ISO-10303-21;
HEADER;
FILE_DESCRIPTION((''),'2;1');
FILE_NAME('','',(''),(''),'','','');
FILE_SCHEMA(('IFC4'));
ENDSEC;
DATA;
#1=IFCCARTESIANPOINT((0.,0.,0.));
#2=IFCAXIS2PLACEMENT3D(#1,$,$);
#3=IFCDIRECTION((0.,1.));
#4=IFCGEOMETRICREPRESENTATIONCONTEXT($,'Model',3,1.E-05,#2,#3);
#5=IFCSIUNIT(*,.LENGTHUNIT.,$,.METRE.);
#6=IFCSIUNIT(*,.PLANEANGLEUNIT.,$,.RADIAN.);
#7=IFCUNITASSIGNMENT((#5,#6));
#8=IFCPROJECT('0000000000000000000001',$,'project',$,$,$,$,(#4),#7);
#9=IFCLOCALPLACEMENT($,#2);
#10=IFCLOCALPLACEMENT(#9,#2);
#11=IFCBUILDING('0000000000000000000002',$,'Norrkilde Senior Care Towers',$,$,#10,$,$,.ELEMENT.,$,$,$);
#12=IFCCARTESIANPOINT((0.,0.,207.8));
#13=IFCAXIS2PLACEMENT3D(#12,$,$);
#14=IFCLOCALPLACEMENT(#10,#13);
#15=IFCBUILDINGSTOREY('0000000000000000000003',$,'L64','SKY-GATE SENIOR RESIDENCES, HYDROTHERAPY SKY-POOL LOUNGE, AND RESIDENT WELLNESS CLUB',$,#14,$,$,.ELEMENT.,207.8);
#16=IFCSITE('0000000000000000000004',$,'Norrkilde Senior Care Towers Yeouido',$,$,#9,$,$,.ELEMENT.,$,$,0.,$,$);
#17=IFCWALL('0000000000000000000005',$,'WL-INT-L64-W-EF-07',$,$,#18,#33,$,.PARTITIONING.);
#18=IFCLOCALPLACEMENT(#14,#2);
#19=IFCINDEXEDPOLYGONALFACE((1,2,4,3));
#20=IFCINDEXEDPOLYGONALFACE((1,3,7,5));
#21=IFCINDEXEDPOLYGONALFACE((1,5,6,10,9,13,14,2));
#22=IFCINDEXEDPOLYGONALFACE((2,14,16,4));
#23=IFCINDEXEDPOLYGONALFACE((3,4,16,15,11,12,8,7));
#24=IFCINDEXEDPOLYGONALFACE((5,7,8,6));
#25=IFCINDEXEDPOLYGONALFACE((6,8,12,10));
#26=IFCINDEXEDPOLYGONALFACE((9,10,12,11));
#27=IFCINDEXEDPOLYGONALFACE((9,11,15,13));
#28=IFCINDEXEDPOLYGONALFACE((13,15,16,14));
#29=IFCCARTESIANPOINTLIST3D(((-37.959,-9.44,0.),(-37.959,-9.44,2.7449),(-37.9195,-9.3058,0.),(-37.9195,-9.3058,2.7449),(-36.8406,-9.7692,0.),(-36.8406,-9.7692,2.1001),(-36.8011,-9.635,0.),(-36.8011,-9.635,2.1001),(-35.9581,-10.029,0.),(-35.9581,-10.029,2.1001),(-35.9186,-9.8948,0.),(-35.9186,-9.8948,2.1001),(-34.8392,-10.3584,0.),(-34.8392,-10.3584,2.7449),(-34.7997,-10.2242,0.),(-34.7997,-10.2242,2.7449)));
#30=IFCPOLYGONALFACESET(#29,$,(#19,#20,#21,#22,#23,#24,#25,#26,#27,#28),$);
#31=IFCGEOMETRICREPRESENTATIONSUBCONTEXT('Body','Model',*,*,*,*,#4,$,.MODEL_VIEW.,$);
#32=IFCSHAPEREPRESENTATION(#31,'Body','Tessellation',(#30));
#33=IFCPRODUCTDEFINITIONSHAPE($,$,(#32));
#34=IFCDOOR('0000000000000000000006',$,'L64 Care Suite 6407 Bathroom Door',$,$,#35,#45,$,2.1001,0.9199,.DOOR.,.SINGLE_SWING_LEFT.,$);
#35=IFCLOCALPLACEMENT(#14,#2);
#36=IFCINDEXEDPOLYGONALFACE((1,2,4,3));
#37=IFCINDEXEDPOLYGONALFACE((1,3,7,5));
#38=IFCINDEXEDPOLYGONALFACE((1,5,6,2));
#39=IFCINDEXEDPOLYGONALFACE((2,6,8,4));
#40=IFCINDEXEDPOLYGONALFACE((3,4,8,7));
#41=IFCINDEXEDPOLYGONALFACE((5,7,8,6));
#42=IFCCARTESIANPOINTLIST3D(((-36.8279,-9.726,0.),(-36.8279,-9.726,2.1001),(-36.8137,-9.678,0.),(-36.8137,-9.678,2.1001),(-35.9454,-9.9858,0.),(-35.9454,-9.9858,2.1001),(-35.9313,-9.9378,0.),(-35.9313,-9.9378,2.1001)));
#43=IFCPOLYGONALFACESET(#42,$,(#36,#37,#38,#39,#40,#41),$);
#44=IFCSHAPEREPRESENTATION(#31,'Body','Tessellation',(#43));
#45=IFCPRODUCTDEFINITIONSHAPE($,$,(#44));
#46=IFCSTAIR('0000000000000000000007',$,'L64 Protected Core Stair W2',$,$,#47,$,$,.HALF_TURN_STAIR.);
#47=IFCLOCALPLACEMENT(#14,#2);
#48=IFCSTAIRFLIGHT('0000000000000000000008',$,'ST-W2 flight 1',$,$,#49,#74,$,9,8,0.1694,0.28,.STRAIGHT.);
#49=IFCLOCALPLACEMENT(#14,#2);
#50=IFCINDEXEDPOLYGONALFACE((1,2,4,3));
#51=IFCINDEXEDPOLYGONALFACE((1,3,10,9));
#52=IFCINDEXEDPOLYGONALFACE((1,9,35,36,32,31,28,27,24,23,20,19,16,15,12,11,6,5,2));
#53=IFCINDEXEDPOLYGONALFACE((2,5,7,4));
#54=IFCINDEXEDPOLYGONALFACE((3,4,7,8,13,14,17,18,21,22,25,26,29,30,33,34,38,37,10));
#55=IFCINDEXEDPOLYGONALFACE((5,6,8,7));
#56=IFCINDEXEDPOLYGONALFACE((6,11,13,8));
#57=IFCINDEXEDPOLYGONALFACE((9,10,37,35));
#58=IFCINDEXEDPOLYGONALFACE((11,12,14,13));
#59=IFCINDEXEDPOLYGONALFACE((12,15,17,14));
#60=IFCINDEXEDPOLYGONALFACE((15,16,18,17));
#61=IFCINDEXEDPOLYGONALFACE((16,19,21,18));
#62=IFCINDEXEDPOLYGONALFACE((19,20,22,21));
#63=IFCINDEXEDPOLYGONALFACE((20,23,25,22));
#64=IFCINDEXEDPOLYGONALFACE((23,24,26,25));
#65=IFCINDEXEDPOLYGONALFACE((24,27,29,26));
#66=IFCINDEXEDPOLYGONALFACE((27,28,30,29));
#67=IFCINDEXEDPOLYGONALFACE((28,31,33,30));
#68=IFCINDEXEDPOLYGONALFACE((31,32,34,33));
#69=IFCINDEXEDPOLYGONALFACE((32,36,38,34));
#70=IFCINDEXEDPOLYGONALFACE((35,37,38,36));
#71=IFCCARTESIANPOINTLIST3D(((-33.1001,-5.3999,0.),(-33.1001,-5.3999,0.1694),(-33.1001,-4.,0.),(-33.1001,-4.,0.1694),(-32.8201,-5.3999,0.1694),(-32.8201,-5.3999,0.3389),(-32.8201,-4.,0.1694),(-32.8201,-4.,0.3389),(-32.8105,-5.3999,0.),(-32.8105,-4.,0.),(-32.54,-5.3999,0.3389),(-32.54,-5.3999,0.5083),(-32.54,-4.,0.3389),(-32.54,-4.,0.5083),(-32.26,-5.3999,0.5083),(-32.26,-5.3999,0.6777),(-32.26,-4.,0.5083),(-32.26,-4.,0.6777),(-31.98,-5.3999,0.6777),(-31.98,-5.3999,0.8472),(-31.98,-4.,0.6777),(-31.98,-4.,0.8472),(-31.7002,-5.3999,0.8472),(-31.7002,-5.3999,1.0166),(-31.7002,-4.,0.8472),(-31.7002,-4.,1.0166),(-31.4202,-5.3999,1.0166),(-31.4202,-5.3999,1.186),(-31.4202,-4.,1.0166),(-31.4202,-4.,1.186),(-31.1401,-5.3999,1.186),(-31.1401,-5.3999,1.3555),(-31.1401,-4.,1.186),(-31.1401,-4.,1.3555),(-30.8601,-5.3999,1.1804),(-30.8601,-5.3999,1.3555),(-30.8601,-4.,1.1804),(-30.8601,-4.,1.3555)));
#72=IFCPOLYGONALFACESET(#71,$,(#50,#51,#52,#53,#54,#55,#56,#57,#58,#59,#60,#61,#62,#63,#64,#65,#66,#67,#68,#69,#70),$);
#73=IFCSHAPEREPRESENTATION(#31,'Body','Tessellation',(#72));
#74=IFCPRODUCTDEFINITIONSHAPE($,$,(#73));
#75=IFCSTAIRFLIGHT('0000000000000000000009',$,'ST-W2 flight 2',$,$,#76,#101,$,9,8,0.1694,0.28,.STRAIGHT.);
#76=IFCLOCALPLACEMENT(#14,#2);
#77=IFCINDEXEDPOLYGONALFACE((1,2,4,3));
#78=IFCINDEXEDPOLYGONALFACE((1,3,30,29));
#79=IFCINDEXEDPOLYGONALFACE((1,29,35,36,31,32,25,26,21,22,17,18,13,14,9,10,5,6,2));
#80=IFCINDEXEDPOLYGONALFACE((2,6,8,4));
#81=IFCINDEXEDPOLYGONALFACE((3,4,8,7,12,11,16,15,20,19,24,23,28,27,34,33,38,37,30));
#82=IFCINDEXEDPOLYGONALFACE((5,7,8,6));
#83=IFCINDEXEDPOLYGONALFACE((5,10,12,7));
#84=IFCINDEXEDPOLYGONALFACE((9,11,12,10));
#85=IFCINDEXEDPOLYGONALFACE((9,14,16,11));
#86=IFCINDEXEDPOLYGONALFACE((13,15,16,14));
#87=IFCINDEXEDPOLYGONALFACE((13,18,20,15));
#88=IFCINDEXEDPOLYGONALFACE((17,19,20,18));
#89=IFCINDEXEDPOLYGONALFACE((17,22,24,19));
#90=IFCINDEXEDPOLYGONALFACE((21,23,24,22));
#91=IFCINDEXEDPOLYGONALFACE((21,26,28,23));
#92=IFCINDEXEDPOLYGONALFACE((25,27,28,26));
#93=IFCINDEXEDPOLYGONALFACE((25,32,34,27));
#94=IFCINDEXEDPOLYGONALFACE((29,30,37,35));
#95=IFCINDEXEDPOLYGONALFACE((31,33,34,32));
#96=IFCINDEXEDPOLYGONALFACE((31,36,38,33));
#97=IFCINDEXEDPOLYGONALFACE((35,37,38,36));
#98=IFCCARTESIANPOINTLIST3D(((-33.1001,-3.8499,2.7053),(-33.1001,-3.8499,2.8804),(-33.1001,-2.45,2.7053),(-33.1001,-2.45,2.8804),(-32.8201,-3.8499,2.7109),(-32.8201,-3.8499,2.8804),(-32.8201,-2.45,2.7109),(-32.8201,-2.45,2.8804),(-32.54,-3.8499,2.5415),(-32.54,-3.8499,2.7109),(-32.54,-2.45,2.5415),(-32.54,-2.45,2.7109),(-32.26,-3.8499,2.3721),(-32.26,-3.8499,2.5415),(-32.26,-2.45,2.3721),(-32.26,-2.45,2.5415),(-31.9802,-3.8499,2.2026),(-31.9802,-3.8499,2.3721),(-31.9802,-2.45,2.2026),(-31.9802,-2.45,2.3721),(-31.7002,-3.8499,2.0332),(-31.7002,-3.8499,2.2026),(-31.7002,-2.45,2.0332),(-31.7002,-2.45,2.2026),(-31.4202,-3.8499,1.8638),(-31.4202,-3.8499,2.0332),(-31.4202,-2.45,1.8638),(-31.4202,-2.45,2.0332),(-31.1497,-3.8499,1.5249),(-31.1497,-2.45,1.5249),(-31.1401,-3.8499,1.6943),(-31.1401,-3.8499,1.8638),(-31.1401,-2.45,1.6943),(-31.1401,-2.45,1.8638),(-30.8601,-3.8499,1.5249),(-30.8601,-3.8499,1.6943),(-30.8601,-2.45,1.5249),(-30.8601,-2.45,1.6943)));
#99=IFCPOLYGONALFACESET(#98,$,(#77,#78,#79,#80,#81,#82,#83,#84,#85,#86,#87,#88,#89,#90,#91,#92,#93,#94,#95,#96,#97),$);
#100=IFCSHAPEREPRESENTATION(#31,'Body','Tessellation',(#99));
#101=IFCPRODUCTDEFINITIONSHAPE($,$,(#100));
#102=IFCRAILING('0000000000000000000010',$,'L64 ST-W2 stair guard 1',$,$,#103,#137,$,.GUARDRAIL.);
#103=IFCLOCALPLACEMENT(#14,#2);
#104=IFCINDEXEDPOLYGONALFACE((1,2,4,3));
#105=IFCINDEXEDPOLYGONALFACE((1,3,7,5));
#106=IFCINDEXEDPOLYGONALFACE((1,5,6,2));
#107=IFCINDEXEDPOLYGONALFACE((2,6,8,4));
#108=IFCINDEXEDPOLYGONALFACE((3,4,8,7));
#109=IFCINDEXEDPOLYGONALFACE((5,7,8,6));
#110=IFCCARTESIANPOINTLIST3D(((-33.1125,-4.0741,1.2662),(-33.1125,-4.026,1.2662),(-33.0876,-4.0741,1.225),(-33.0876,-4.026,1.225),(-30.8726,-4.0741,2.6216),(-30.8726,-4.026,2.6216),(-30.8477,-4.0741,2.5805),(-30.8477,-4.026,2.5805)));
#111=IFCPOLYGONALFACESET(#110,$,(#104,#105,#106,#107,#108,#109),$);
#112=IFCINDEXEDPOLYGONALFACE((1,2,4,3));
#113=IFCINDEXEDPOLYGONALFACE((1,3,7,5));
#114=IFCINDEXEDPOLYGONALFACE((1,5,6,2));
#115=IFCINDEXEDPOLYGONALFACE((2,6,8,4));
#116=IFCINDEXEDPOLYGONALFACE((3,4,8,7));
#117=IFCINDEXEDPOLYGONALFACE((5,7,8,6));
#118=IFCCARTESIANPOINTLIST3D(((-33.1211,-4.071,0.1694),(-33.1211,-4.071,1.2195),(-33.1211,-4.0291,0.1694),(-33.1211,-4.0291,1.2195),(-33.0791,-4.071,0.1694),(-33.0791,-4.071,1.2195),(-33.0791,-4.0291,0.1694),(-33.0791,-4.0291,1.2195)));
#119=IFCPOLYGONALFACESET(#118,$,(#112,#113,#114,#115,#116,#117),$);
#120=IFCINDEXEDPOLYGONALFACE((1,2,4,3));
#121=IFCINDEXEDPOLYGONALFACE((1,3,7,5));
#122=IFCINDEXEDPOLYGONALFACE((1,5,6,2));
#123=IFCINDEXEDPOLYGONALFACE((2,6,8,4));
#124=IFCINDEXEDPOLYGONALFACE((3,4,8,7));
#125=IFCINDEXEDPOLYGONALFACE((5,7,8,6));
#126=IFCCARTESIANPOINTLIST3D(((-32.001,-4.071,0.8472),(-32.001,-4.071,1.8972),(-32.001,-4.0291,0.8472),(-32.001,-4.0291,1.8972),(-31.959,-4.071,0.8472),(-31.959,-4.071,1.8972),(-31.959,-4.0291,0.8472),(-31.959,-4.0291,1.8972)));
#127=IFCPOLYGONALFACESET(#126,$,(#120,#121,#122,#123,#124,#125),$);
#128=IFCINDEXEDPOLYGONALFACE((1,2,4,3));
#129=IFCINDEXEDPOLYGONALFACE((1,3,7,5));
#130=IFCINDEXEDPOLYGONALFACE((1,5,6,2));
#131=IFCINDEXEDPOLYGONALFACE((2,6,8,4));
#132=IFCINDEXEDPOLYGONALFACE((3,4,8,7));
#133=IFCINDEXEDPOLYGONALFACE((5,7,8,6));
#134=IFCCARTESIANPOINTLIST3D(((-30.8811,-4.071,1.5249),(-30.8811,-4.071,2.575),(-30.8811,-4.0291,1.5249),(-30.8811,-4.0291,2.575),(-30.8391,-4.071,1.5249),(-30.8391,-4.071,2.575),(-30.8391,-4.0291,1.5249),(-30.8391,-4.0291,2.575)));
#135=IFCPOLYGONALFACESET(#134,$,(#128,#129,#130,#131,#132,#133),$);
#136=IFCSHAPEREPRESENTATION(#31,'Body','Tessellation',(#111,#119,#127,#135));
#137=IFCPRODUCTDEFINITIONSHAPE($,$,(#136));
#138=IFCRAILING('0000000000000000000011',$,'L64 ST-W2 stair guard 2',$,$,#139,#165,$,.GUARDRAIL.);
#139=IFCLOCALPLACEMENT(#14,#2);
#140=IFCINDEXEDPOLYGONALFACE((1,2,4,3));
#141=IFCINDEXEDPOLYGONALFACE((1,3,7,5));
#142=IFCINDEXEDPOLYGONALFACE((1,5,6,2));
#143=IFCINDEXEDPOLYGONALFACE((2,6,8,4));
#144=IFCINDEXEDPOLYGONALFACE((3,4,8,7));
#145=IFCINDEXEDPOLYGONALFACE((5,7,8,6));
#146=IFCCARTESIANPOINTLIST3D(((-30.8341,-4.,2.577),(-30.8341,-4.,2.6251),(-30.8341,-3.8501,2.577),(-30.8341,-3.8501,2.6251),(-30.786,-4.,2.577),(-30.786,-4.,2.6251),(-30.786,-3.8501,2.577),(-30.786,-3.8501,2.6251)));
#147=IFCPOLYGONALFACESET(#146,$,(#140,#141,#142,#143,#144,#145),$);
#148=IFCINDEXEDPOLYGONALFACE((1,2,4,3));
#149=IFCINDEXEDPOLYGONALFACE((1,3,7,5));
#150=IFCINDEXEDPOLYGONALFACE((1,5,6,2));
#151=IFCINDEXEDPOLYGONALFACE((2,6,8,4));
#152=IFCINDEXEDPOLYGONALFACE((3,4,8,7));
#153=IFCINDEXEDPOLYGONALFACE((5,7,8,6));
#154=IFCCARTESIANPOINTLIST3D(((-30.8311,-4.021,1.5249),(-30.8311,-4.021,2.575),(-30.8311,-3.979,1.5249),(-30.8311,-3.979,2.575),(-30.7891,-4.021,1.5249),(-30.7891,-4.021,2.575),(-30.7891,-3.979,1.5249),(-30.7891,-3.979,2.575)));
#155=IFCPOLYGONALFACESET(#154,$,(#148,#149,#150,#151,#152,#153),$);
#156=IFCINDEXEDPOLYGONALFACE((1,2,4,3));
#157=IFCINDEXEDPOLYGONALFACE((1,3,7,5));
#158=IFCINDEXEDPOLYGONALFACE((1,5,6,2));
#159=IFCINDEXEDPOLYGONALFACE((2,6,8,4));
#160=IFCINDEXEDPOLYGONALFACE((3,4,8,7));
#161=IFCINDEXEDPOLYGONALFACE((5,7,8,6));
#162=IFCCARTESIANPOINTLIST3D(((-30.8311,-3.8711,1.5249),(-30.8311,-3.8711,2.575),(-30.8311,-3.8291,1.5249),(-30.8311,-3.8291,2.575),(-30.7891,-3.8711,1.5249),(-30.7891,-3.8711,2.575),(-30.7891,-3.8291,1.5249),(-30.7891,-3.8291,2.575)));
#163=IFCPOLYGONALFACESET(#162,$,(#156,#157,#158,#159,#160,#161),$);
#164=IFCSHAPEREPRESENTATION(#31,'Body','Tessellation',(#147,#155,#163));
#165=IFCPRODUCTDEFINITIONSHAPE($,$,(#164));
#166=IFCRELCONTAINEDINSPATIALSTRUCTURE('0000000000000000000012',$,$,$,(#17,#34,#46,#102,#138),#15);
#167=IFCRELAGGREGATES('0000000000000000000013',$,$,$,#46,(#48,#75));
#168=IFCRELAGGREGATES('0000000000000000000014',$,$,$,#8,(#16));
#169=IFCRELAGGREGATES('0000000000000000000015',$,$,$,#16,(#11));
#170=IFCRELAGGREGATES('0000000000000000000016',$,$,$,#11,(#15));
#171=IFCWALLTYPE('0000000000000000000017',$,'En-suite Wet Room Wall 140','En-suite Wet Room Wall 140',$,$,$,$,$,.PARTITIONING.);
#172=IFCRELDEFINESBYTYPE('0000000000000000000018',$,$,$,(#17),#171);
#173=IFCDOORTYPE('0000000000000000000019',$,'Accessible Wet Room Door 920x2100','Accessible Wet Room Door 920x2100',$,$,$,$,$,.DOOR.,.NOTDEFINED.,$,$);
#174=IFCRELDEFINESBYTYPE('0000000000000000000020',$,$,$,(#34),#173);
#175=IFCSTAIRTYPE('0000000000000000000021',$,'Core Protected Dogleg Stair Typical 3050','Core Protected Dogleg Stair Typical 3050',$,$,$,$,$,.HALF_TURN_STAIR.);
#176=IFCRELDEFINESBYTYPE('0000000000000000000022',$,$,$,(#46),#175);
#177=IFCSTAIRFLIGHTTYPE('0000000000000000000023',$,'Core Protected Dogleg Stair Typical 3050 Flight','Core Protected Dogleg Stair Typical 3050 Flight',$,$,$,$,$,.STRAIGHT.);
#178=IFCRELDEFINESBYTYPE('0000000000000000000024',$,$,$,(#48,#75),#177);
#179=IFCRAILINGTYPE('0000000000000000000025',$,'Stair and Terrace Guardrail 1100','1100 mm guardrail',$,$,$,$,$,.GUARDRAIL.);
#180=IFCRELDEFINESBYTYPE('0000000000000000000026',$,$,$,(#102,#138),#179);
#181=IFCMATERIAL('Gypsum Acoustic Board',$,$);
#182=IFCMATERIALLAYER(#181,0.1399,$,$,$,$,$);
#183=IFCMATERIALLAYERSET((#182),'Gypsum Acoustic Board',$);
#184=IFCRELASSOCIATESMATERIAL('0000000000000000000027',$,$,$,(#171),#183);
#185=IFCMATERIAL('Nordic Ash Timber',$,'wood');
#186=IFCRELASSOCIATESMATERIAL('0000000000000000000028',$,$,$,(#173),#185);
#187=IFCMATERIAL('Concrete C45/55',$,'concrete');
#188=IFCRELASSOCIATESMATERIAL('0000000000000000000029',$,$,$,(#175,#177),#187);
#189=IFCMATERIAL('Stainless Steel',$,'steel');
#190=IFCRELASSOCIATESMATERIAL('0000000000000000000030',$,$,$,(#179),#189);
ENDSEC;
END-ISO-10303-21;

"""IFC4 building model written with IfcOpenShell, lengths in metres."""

from ifc_helpers import new_model, si_unit, direction, frame, frame_2d, origin, origin_2d, place, context, subcontext, project, spatial, polyline, rectangle, outline, extrude, source, transform, mapped, material, layer, layer_set, type_object, type_shapes, element, fill, aggregate, save


model = new_model("IFC4")

# Units and contexts
model_context = context("Model", 3, precision=1e-05, world=origin(), true_north=direction((0.0, 1.0)))
body_context = subcontext(model_context, "Body", "Model", "MODEL_VIEW")
ifc_project = project(units=[si_unit("LENGTHUNIT", "METRE"), si_unit("PLANEANGLEUNIT", "RADIAN")], contexts=[model_context])

# Site, building, storey
site_placement = place(None, origin())
site = spatial("IfcSite", under=ifc_project, at=site_placement, Name="Norrkilde Senior Care Towers Yeouido", CompositionType="ELEMENT", RefElevation=0.0)
building_placement = place(site_placement, origin())
building = spatial("IfcBuilding", under=site, at=building_placement, Name="Norrkilde Senior Care Towers", CompositionType="ELEMENT")
storey_placement = place(building_placement, frame((0.0, 0.0, 207.8)))
storey = spatial("IfcBuildingStorey", under=building, at=storey_placement, Name="L64", Description="SKY-GATE SENIOR RESIDENCES, HYDROTHERAPY SKY-POOL LOUNGE, AND RESIDENT WELLNESS CLUB", CompositionType="ELEMENT", Elevation=207.8)

# Shared definitions
ifc_material_1 = material(Name="Concrete C45/55", Category="concrete")
ifc_material_2 = material(Name="Gypsum Acoustic Board")

# Shared definitions
ifc_material_3 = material(Name="Stainless Steel", Category="steel")

# Shared definitions
ifc_layer_1 = layer(ifc_material_2, 0.1399)
ifc_layer_set_1 = layer_set([ifc_layer_1], Name="Gypsum Acoustic Board")
wall_type_1 = type_object("IfcWallType", Name="En-suite Wet Room Wall 140", Description="En-suite Wet Room Wall 140", PredefinedType="PARTITIONING", material=ifc_layer_set_1)

# Wall, opening, door
shared_shape_1 = source(origin(), body_context, "Body", "SweptSolid", [
    extrude(rectangle(XDim=3.2522, YDim=0.1399, at=frame_2d((1.626, 0.0))), origin(), (0.0, 0.0, 1.0), 2.7449),
])
wall_1_placement = place(storey_placement, frame((-34.8196, -10.2913, 0.0), z_axis=(0.0, 0.0, 1.0), x_axis=(-0.959295, 0.282406, 0.0)))
wall_1 = element("IfcWall", 1, at=wall_1_placement, inside=storey, type_object=wall_type_1, Name="WL-INT-L64-W-EF-07", PredefinedType="PARTITIONING", context=body_context, shape_type="MappedRepresentation", body=[
    mapped(shared_shape_1, transform((0.0, 0.0, 0.0), x_axis=(1.0, 0.0, 0.0), y_axis=(0.0, 1.0, 0.0), z_axis=(0.0, 0.0, 1.0), scale=1.0)),
])
opening_1_placement = place(wall_1_placement, frame((1.1663, 0.0, 0.0)))
opening_1 = element("IfcOpeningElement", 2, at=opening_1_placement, cuts=wall_1, PredefinedType="OPENING", context=body_context, shape_type="SweptSolid", body=[
    extrude(rectangle(XDim=0.9199, YDim=2.1001, at=frame_2d((0.46, 1.05))), frame((0.0, 0.0798, 0.0), z_axis=(0.0, -1.0, 0.0), x_axis=(1.0, 0.0, 0.0)), (0.0, 0.0, 1.0), 0.1599),
])
ifc_material_4 = material(Name="Nordic Ash Timber", Category="wood")
door_type_1 = type_object("IfcDoorType", Name="Accessible Wet Room Door 920x2100", Description="Accessible Wet Room Door 920x2100", OperationType="NOTDEFINED", PredefinedType="DOOR", material=ifc_material_4)
shared_shape_2 = source(origin(), body_context, "Body", "SweptSolid", [
    extrude(rectangle(XDim=0.9199, YDim=2.1001, at=frame_2d((0.46, 1.05))), frame((0.0, 0.0249, 0.0), z_axis=(0.0, -1.0, 0.0), x_axis=(1.0, 0.0, 0.0)), (0.0, 0.0, 1.0), 0.05),
])
type_shapes(door_type_1, [shared_shape_2])
door_1_placement = place(opening_1_placement, origin())
door_1 = element("IfcDoor", 3, at=door_1_placement, inside=storey, type_object=door_type_1, Name="L64 Care Suite 6407 Bathroom Door", OperationType="SINGLE_SWING_LEFT", OverallHeight=2.1001, OverallWidth=0.9199, PredefinedType="DOOR", context=body_context, shape_type="MappedRepresentation", body=[
    mapped(shared_shape_2, transform((0.0, 0.0, 0.0), x_axis=(1.0, 0.0, 0.0), y_axis=(0.0, 1.0, 0.0), z_axis=(0.0, 0.0, 1.0), scale=1.0)),
])
fill(opening_1, door_1)

# Stair, stair flights
stair_type = type_object("IfcStairType", Name="Core Protected Dogleg Stair Typical 3050", Description="Core Protected Dogleg Stair Typical 3050", PredefinedType="HALF_TURN_STAIR", material=ifc_material_1)
stair_placement = place(storey_placement, origin())
stair = element("IfcStair", 4, at=stair_placement, inside=storey, type_object=stair_type, Name="L64 Protected Core Stair W2", PredefinedType="HALF_TURN_STAIR")
stair_flight_type = type_object("IfcStairFlightType", Name="Core Protected Dogleg Stair Typical 3050 Flight", Description="Core Protected Dogleg Stair Typical 3050 Flight", PredefinedType="STRAIGHT", material=ifc_material_1)
stair_flight_1_placement = place(storey_placement, frame((-33.1001, -4.7, 0.0), z_axis=(0.0, 0.0, 1.0), x_axis=(1.0, 0.0, 0.0)))
stair_flight_1 = element("IfcStairFlight", 5, at=stair_flight_1_placement, type_object=stair_flight_type, Name="ST-W2 flight 1", NumberOfRisers=9, NumberOfTreads=8, PredefinedType="STRAIGHT", RiserHeight=0.1694, TreadLength=0.28, context=body_context, shape_type="SweptSolid", body=[
    extrude(outline(polyline([(0.0, 0.0), (0.0, 0.1694), (0.28, 0.1694), (0.28, 0.3389), (0.5601, 0.3389), (0.5601, 0.5083), (0.8401, 0.5083), (0.8401, 0.6777), (1.1201, 0.6777), (1.1201, 0.8472), (1.3999, 0.8472), (1.3999, 1.0166), (1.6799, 1.0166), (1.6799, 1.186), (1.96, 1.186), (1.96, 1.3555), (2.24, 1.3555), (2.24, 1.5249), (2.24, 1.1804), (0.2896, 0.0), (0.0, 0.0)])), frame((0.0, 0.7, 0.0), z_axis=(0.0, -1.0, 0.0), x_axis=(1.0, 0.0, 0.0)), (0.0, 0.0, 1.0), 1.3999),
])
stair_flight_2_placement = place(storey_placement, frame((-30.8601, -3.1499, 1.5249), z_axis=(0.0, 0.0, 1.0), x_axis=(-1.0, 0.0, 0.0)))
stair_flight_2 = element("IfcStairFlight", 6, at=stair_flight_2_placement, type_object=stair_flight_type, Name="ST-W2 flight 2", NumberOfRisers=9, NumberOfTreads=8, PredefinedType="STRAIGHT", RiserHeight=0.1694, TreadLength=0.28, context=body_context, shape_type="SweptSolid", body=[
    extrude(outline(polyline([(0.0, 0.0), (0.0, 0.1694), (0.28, 0.1694), (0.28, 0.3389), (0.5601, 0.3389), (0.5601, 0.5083), (0.8401, 0.5083), (0.8401, 0.6777), (1.1201, 0.6777), (1.1201, 0.8472), (1.3999, 0.8472), (1.3999, 1.0166), (1.6799, 1.0166), (1.6799, 1.186), (1.96, 1.186), (1.96, 1.3555), (2.24, 1.3555), (2.24, 1.5249), (2.24, 1.1804), (0.2896, 0.0), (0.0, 0.0)])), frame((0.0, 0.7, 0.0), z_axis=(0.0, -1.0, 0.0), x_axis=(1.0, 0.0, 0.0)), (0.0, 0.0, 1.0), 1.3999),
])
aggregate(stair, [stair_flight_1, stair_flight_2])

# Railings
railing_type_1 = type_object("IfcRailingType", Name="Stair and Terrace Guardrail 1100", Description="1100 mm guardrail", PredefinedType="GUARDRAIL", material=ifc_material_3)
railing_1_placement = place(storey_placement, frame((-33.1001, -4.05, 0.1694)))
element("IfcRailing", 7, at=railing_1_placement, inside=storey, type_object=railing_type_1, Name="L64 ST-W2 stair guard 1", PredefinedType="GUARDRAIL", context=body_context, shape_type="SweptSolid", body=[
    extrude(rectangle(XDim=0.0481, YDim=0.0481, at=origin_2d()), frame((0.0, 0.0, 1.0762), z_axis=(0.855553, 0.0, 0.517715), x_axis=(0.0, 1.0, 0.0)), (0.0, 0.0, 1.0), 2.6182),
    extrude(rectangle(XDim=0.042, YDim=0.042, at=origin_2d()), origin(), (0.0, 0.0, 1.0), 1.05),
    extrude(rectangle(XDim=0.042, YDim=0.042, at=origin_2d()), frame((1.1201, 0.0, 0.6777)), (0.0, 0.0, 1.0), 1.05),
    extrude(rectangle(XDim=0.042, YDim=0.042, at=origin_2d()), frame((2.24, 0.0, 1.3555)), (0.0, 0.0, 1.0), 1.05),
])
railing_2_placement = place(storey_placement, frame((-30.8101, -4.0, 1.5249)))
element("IfcRailing", 8, at=railing_2_placement, inside=storey, type_object=railing_type_1, Name="L64 ST-W2 stair guard 2", PredefinedType="GUARDRAIL", context=body_context, shape_type="SweptSolid", body=[
    extrude(rectangle(XDim=0.0481, YDim=0.0481, at=origin_2d()), frame((0.0, 0.0, 1.0762), z_axis=(0.0, 1.0, 0.0), x_axis=(-1.0, 0.0, 0.0)), (0.0, 0.0, 1.0), 0.1499),
    extrude(rectangle(XDim=0.042, YDim=0.042, at=origin_2d()), origin(), (0.0, 0.0, 1.0), 1.05),
    extrude(rectangle(XDim=0.042, YDim=0.042, at=origin_2d()), frame((0.0, 0.1499, 0.0)), (0.0, 0.0, 1.0), 1.05),
])

save(model, "model.ifc")
